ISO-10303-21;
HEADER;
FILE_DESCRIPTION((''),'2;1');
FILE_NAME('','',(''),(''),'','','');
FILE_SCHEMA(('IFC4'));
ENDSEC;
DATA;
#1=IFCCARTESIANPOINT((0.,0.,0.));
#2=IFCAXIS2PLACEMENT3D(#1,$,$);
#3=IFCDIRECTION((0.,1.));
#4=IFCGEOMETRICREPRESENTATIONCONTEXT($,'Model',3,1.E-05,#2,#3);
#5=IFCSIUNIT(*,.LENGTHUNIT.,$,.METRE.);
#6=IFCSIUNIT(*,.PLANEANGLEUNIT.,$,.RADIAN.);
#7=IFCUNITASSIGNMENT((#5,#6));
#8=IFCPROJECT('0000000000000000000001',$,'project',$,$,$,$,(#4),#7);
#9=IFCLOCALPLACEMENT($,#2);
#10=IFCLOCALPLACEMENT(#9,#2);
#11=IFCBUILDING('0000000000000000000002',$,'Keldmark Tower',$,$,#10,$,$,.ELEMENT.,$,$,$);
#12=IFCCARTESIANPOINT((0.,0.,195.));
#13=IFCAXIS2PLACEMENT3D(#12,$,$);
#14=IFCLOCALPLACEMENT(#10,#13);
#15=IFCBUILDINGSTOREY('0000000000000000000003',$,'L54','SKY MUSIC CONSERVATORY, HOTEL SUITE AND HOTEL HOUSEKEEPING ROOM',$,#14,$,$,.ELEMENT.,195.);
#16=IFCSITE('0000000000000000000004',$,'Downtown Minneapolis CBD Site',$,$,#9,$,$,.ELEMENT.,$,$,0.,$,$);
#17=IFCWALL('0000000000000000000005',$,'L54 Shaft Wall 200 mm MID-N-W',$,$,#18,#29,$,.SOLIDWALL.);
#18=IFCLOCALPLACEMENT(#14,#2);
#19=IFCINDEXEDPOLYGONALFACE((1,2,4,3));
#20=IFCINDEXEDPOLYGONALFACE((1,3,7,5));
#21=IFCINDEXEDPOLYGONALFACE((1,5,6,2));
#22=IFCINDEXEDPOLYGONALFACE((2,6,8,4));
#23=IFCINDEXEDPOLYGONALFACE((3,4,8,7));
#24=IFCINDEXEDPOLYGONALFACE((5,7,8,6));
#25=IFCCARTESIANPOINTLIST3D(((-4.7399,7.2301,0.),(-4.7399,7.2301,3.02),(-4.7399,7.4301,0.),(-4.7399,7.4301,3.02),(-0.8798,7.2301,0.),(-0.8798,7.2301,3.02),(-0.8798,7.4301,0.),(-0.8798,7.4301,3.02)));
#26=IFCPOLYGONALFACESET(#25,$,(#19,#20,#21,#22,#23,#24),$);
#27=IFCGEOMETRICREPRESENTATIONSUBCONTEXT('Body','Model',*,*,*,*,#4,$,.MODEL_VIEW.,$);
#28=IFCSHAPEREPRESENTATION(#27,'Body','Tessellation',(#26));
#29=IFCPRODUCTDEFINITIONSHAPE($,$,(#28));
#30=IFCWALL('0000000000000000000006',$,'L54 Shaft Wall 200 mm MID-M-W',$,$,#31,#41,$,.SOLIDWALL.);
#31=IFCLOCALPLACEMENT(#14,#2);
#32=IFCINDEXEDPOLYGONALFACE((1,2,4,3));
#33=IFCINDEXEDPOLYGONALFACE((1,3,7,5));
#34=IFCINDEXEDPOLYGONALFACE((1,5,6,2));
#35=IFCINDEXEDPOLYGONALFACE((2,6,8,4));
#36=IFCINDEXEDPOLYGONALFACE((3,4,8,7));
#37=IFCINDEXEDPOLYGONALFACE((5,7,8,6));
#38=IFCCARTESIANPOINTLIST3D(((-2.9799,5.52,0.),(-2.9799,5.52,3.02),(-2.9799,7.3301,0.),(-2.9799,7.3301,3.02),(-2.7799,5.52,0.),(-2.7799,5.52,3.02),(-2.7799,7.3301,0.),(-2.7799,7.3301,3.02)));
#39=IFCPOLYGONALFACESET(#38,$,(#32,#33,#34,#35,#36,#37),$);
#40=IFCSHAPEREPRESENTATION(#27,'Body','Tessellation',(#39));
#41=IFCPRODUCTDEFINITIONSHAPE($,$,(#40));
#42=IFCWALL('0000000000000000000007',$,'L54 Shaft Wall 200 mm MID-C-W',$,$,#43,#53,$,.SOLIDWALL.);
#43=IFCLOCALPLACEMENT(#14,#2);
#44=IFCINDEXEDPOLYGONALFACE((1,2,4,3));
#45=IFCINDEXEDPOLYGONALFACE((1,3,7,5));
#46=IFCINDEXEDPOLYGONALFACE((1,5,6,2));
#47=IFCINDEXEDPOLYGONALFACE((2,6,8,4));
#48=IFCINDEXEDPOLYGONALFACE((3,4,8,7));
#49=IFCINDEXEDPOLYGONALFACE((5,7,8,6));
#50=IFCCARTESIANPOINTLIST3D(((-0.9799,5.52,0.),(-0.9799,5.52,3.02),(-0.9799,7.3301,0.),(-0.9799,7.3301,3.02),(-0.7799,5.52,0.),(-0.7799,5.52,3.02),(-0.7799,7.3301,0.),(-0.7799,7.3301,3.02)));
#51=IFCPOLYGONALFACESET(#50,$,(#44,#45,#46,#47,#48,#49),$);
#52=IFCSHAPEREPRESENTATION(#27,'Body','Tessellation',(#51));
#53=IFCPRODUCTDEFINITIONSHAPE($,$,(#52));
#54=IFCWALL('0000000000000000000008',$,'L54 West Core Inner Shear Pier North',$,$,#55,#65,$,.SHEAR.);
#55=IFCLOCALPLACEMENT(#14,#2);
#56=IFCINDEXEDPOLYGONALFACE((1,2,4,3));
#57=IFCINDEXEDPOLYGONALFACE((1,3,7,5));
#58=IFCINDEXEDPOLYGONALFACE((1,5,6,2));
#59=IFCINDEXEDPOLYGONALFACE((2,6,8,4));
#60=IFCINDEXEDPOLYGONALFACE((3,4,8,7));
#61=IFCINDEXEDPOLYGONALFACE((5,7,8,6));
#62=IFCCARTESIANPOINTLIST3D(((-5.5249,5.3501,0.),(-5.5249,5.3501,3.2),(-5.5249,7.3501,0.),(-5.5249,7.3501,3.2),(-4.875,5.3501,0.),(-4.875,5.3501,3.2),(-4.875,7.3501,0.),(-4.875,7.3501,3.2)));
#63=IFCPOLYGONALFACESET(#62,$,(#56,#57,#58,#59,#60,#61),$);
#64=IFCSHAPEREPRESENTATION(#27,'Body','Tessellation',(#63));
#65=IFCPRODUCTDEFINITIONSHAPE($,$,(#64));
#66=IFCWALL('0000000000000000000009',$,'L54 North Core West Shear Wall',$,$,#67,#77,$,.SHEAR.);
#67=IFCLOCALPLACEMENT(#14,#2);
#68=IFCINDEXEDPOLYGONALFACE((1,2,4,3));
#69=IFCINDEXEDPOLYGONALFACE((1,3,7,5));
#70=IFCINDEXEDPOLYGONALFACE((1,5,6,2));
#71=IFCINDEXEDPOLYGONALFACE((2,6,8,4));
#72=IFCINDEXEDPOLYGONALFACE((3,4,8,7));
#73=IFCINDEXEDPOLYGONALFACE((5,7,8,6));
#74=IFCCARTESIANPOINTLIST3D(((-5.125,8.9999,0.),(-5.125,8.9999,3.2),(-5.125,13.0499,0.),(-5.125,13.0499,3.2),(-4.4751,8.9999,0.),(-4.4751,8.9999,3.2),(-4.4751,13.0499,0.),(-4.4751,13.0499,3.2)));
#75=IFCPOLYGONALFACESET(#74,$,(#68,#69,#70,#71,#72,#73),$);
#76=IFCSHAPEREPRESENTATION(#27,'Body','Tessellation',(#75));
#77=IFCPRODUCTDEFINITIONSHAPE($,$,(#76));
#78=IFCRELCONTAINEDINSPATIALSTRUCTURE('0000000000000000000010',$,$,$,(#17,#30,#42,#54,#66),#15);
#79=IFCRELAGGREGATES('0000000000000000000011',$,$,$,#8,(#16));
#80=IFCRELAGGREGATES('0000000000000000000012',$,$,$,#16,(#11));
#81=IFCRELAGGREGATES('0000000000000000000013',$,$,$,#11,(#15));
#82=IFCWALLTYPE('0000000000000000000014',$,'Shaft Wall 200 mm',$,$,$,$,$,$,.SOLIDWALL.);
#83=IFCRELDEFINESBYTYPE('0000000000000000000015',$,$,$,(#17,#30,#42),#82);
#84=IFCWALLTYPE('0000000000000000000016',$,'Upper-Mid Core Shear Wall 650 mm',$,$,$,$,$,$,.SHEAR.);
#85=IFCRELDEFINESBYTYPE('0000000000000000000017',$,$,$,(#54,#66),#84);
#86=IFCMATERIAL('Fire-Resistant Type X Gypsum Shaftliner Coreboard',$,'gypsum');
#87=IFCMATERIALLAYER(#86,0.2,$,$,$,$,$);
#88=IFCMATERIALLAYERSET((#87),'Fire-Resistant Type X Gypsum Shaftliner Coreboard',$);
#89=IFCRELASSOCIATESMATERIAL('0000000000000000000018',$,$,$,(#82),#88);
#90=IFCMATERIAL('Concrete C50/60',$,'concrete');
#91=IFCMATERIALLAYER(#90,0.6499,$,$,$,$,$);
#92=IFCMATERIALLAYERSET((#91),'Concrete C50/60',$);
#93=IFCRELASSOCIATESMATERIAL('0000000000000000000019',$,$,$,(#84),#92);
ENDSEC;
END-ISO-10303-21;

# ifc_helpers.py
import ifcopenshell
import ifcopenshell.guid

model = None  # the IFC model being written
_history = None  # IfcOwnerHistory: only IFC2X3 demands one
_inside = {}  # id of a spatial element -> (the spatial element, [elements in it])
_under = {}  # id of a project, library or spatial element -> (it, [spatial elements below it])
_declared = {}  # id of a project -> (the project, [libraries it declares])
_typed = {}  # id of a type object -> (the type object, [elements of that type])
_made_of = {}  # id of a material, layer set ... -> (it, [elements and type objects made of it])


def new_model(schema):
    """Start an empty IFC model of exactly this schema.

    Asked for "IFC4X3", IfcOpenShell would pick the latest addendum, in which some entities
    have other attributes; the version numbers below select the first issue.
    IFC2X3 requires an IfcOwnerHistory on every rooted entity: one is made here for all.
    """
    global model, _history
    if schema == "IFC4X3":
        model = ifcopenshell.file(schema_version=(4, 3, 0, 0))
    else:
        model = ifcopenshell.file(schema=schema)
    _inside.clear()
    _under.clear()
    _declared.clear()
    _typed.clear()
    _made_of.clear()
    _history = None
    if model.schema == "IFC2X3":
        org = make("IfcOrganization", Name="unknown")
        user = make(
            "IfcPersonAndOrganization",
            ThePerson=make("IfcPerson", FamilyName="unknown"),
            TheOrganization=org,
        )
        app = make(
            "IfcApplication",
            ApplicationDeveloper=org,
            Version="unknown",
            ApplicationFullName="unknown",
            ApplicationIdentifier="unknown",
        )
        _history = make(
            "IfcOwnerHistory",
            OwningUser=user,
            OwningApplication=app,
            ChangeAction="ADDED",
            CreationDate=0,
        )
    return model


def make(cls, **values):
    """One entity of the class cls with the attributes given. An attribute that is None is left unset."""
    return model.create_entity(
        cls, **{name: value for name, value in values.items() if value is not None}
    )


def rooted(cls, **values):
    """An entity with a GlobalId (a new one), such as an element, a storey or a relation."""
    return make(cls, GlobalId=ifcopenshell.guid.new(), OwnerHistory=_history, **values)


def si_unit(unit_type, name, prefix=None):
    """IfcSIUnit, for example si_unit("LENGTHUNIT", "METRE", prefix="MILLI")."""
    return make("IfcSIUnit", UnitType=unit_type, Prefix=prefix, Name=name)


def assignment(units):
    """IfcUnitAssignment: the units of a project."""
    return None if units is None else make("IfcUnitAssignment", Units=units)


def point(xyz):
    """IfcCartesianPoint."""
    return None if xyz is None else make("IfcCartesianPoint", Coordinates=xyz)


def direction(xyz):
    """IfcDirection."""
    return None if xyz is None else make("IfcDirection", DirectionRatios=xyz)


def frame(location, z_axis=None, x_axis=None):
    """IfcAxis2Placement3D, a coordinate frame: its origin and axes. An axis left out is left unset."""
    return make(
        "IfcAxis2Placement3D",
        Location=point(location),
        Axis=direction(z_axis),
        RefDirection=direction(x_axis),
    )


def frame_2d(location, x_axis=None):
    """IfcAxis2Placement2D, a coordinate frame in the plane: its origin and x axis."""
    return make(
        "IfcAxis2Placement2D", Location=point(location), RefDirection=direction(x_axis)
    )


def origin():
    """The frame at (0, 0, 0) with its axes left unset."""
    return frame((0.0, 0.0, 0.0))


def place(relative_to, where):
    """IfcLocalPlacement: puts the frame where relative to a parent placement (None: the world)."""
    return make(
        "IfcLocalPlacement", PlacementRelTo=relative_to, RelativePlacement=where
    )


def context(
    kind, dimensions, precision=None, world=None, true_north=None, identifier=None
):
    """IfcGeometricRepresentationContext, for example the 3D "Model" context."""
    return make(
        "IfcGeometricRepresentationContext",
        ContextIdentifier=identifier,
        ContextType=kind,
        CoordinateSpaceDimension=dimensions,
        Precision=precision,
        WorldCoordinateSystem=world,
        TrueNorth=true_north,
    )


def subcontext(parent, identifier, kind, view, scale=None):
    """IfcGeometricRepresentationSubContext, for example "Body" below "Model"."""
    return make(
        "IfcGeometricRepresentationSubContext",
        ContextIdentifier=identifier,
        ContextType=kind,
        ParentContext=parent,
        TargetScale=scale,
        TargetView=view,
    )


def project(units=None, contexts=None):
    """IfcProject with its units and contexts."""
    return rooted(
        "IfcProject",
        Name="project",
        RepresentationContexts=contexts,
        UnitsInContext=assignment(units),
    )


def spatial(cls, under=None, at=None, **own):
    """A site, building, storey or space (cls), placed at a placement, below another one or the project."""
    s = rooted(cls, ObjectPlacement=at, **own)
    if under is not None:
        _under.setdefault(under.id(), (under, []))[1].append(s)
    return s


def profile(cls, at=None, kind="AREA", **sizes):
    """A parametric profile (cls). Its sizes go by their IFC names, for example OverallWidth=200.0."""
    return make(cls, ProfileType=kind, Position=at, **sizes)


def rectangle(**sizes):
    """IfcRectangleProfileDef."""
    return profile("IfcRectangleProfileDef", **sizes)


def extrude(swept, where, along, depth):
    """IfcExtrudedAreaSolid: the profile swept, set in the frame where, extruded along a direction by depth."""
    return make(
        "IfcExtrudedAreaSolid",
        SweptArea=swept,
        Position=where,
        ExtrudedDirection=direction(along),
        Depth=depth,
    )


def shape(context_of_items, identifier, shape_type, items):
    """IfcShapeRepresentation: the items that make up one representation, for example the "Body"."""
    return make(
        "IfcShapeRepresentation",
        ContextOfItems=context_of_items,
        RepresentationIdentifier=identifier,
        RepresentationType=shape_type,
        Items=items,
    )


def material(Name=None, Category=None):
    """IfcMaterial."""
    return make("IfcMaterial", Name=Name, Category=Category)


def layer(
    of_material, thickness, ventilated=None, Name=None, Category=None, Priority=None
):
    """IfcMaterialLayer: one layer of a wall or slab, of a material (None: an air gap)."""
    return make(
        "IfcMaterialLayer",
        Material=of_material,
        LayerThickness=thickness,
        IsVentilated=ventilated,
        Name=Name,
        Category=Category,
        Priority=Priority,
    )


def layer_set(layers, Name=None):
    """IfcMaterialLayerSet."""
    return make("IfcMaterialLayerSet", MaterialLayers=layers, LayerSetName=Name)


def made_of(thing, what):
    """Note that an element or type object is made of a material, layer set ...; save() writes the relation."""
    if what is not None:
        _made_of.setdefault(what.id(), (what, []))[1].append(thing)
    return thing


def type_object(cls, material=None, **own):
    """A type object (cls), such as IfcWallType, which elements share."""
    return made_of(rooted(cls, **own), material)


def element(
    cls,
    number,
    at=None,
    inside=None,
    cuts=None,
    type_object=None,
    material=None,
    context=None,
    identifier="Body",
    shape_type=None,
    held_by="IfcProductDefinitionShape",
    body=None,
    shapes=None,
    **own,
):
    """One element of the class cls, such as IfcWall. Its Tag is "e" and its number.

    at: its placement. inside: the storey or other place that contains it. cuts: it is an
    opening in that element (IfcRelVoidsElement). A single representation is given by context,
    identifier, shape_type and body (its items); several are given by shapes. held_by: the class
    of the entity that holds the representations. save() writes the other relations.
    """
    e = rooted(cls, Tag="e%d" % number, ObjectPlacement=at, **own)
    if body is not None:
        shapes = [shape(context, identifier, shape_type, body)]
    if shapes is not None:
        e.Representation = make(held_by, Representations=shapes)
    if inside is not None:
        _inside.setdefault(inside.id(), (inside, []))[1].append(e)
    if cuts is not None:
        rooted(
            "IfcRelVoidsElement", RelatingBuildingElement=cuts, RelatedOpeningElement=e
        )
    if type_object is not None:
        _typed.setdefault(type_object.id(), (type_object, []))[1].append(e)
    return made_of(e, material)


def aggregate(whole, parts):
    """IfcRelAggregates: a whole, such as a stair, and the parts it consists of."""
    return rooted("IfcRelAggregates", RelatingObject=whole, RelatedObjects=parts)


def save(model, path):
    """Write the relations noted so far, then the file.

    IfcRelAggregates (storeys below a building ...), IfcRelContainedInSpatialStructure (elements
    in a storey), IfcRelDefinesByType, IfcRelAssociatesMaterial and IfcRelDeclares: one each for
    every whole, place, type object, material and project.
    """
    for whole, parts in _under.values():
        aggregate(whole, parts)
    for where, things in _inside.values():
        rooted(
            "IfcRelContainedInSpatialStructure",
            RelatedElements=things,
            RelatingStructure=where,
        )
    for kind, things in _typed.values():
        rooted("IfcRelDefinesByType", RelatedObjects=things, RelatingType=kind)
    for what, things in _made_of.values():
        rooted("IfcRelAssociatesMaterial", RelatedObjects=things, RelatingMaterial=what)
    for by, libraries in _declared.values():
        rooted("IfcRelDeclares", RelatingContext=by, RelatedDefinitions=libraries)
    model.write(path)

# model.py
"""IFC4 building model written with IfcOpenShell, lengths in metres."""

from ifc_helpers import new_model, si_unit, direction, frame, frame_2d, origin, place, context, subcontext, project, spatial, rectangle, extrude, material, layer, layer_set, type_object, element, save


model = new_model("IFC4")

# Units and contexts
model_context = context("Model", 3, precision=1e-05, world=origin(), true_north=direction((0.0, 1.0)))
body_context = subcontext(model_context, "Body", "Model", "MODEL_VIEW")
ifc_project = project(units=[si_unit("LENGTHUNIT", "METRE"), si_unit("PLANEANGLEUNIT", "RADIAN")], contexts=[model_context])

# Site, building, storey
site_placement = place(None, origin())
site = spatial("IfcSite", under=ifc_project, at=site_placement, Name="Downtown Minneapolis CBD Site", CompositionType="ELEMENT", RefElevation=0.0)
building_placement = place(site_placement, origin())
building = spatial("IfcBuilding", under=site, at=building_placement, Name="Keldmark Tower", CompositionType="ELEMENT")
storey_placement = place(building_placement, frame((0.0, 0.0, 195.0)))
storey = spatial("IfcBuildingStorey", under=building, at=storey_placement, Name="L54", Description="SKY MUSIC CONSERVATORY, HOTEL SUITE AND HOTEL HOUSEKEEPING ROOM", CompositionType="ELEMENT", Elevation=195.0)

# Shared definitions
ifc_material_1 = material(Name="Fire-Resistant Type X Gypsum Shaftliner Coreboard", Category="gypsum")
ifc_layer_1 = layer(ifc_material_1, 0.2)
ifc_layer_set_1 = layer_set([ifc_layer_1], Name="Fire-Resistant Type X Gypsum Shaftliner Coreboard")
wall_type_1 = type_object("IfcWallType", Name="Shaft Wall 200 mm", PredefinedType="SOLIDWALL", material=ifc_layer_set_1)

# Walls
wall_1_placement = place(storey_placement, frame((-4.74, 7.3301, 0.0), z_axis=(0.0, 0.0, 1.0), x_axis=(1.0, 0.0, 0.0)))
element("IfcWall", 1, at=wall_1_placement, inside=storey, type_object=wall_type_1, Name="L54 Shaft Wall 200 mm MID-N-W", PredefinedType="SOLIDWALL", context=body_context, shape_type="SweptSolid", body=[
    extrude(rectangle(XDim=3.8601, YDim=0.2, at=frame_2d((1.9302, 0.0))), origin(), (0.0, 0.0, 1.0), 3.02),
])
for number, where, z_axis, x_axis, name in (
    (2, (-2.8799, 5.52, 0.0), (0.0, 0.0, 1.0), (0.0, 1.0, 0.0), "L54 Shaft Wall 200 mm MID-M-W"),
    (3, (-0.8799, 5.52, 0.0), (0.0, 0.0, 1.0), (0.0, 1.0, 0.0), "L54 Shaft Wall 200 mm MID-C-W"),
):
    element("IfcWall", number, at=place(storey_placement, frame(where, z_axis=z_axis, x_axis=x_axis)), inside=storey, type_object=wall_type_1, Name=name, PredefinedType="SOLIDWALL", context=body_context, shape_type="SweptSolid", body=[
        extrude(rectangle(XDim=1.8101, YDim=0.2, at=frame_2d((0.905, 0.0))), origin(), (0.0, 0.0, 1.0), 3.02),
    ])

# Shared definitions
ifc_material_2 = material(Name="Concrete C50/60", Category="concrete")
ifc_layer_2 = layer(ifc_material_2, 0.6499)
ifc_layer_set_2 = layer_set([ifc_layer_2], Name="Concrete C50/60")
wall_type_2 = type_object("IfcWallType", Name="Upper-Mid Core Shear Wall 650 mm", PredefinedType="SHEAR", material=ifc_layer_set_2)

# Walls
wall_2_placement = place(storey_placement, frame((-5.2, 5.3501, 0.0), z_axis=(0.0, 0.0, 1.0), x_axis=(0.0, 1.0, 0.0)))
element("IfcWall", 4, at=wall_2_placement, inside=storey, type_object=wall_type_2, Name="L54 West Core Inner Shear Pier North", PredefinedType="SHEAR", context=body_context, shape_type="SweptSolid", body=[
    extrude(rectangle(XDim=2.0, YDim=0.6499, at=frame_2d((1.0, 0.0))), origin(), (0.0, 0.0, 1.0), 3.2),
])
wall_3_placement = place(storey_placement, frame((-4.8, 9.0, 0.0), z_axis=(0.0, 0.0, 1.0), x_axis=(0.0, 1.0, 0.0)))
element("IfcWall", 5, at=wall_3_placement, inside=storey, type_object=wall_type_2, Name="L54 North Core West Shear Wall", PredefinedType="SHEAR", context=body_context, shape_type="SweptSolid", body=[
    extrude(rectangle(XDim=4.05, YDim=0.6499, at=frame_2d((2.0249, 0.0))), origin(), (0.0, 0.0, 1.0), 3.2),
])

save(model, "model.ifc")
